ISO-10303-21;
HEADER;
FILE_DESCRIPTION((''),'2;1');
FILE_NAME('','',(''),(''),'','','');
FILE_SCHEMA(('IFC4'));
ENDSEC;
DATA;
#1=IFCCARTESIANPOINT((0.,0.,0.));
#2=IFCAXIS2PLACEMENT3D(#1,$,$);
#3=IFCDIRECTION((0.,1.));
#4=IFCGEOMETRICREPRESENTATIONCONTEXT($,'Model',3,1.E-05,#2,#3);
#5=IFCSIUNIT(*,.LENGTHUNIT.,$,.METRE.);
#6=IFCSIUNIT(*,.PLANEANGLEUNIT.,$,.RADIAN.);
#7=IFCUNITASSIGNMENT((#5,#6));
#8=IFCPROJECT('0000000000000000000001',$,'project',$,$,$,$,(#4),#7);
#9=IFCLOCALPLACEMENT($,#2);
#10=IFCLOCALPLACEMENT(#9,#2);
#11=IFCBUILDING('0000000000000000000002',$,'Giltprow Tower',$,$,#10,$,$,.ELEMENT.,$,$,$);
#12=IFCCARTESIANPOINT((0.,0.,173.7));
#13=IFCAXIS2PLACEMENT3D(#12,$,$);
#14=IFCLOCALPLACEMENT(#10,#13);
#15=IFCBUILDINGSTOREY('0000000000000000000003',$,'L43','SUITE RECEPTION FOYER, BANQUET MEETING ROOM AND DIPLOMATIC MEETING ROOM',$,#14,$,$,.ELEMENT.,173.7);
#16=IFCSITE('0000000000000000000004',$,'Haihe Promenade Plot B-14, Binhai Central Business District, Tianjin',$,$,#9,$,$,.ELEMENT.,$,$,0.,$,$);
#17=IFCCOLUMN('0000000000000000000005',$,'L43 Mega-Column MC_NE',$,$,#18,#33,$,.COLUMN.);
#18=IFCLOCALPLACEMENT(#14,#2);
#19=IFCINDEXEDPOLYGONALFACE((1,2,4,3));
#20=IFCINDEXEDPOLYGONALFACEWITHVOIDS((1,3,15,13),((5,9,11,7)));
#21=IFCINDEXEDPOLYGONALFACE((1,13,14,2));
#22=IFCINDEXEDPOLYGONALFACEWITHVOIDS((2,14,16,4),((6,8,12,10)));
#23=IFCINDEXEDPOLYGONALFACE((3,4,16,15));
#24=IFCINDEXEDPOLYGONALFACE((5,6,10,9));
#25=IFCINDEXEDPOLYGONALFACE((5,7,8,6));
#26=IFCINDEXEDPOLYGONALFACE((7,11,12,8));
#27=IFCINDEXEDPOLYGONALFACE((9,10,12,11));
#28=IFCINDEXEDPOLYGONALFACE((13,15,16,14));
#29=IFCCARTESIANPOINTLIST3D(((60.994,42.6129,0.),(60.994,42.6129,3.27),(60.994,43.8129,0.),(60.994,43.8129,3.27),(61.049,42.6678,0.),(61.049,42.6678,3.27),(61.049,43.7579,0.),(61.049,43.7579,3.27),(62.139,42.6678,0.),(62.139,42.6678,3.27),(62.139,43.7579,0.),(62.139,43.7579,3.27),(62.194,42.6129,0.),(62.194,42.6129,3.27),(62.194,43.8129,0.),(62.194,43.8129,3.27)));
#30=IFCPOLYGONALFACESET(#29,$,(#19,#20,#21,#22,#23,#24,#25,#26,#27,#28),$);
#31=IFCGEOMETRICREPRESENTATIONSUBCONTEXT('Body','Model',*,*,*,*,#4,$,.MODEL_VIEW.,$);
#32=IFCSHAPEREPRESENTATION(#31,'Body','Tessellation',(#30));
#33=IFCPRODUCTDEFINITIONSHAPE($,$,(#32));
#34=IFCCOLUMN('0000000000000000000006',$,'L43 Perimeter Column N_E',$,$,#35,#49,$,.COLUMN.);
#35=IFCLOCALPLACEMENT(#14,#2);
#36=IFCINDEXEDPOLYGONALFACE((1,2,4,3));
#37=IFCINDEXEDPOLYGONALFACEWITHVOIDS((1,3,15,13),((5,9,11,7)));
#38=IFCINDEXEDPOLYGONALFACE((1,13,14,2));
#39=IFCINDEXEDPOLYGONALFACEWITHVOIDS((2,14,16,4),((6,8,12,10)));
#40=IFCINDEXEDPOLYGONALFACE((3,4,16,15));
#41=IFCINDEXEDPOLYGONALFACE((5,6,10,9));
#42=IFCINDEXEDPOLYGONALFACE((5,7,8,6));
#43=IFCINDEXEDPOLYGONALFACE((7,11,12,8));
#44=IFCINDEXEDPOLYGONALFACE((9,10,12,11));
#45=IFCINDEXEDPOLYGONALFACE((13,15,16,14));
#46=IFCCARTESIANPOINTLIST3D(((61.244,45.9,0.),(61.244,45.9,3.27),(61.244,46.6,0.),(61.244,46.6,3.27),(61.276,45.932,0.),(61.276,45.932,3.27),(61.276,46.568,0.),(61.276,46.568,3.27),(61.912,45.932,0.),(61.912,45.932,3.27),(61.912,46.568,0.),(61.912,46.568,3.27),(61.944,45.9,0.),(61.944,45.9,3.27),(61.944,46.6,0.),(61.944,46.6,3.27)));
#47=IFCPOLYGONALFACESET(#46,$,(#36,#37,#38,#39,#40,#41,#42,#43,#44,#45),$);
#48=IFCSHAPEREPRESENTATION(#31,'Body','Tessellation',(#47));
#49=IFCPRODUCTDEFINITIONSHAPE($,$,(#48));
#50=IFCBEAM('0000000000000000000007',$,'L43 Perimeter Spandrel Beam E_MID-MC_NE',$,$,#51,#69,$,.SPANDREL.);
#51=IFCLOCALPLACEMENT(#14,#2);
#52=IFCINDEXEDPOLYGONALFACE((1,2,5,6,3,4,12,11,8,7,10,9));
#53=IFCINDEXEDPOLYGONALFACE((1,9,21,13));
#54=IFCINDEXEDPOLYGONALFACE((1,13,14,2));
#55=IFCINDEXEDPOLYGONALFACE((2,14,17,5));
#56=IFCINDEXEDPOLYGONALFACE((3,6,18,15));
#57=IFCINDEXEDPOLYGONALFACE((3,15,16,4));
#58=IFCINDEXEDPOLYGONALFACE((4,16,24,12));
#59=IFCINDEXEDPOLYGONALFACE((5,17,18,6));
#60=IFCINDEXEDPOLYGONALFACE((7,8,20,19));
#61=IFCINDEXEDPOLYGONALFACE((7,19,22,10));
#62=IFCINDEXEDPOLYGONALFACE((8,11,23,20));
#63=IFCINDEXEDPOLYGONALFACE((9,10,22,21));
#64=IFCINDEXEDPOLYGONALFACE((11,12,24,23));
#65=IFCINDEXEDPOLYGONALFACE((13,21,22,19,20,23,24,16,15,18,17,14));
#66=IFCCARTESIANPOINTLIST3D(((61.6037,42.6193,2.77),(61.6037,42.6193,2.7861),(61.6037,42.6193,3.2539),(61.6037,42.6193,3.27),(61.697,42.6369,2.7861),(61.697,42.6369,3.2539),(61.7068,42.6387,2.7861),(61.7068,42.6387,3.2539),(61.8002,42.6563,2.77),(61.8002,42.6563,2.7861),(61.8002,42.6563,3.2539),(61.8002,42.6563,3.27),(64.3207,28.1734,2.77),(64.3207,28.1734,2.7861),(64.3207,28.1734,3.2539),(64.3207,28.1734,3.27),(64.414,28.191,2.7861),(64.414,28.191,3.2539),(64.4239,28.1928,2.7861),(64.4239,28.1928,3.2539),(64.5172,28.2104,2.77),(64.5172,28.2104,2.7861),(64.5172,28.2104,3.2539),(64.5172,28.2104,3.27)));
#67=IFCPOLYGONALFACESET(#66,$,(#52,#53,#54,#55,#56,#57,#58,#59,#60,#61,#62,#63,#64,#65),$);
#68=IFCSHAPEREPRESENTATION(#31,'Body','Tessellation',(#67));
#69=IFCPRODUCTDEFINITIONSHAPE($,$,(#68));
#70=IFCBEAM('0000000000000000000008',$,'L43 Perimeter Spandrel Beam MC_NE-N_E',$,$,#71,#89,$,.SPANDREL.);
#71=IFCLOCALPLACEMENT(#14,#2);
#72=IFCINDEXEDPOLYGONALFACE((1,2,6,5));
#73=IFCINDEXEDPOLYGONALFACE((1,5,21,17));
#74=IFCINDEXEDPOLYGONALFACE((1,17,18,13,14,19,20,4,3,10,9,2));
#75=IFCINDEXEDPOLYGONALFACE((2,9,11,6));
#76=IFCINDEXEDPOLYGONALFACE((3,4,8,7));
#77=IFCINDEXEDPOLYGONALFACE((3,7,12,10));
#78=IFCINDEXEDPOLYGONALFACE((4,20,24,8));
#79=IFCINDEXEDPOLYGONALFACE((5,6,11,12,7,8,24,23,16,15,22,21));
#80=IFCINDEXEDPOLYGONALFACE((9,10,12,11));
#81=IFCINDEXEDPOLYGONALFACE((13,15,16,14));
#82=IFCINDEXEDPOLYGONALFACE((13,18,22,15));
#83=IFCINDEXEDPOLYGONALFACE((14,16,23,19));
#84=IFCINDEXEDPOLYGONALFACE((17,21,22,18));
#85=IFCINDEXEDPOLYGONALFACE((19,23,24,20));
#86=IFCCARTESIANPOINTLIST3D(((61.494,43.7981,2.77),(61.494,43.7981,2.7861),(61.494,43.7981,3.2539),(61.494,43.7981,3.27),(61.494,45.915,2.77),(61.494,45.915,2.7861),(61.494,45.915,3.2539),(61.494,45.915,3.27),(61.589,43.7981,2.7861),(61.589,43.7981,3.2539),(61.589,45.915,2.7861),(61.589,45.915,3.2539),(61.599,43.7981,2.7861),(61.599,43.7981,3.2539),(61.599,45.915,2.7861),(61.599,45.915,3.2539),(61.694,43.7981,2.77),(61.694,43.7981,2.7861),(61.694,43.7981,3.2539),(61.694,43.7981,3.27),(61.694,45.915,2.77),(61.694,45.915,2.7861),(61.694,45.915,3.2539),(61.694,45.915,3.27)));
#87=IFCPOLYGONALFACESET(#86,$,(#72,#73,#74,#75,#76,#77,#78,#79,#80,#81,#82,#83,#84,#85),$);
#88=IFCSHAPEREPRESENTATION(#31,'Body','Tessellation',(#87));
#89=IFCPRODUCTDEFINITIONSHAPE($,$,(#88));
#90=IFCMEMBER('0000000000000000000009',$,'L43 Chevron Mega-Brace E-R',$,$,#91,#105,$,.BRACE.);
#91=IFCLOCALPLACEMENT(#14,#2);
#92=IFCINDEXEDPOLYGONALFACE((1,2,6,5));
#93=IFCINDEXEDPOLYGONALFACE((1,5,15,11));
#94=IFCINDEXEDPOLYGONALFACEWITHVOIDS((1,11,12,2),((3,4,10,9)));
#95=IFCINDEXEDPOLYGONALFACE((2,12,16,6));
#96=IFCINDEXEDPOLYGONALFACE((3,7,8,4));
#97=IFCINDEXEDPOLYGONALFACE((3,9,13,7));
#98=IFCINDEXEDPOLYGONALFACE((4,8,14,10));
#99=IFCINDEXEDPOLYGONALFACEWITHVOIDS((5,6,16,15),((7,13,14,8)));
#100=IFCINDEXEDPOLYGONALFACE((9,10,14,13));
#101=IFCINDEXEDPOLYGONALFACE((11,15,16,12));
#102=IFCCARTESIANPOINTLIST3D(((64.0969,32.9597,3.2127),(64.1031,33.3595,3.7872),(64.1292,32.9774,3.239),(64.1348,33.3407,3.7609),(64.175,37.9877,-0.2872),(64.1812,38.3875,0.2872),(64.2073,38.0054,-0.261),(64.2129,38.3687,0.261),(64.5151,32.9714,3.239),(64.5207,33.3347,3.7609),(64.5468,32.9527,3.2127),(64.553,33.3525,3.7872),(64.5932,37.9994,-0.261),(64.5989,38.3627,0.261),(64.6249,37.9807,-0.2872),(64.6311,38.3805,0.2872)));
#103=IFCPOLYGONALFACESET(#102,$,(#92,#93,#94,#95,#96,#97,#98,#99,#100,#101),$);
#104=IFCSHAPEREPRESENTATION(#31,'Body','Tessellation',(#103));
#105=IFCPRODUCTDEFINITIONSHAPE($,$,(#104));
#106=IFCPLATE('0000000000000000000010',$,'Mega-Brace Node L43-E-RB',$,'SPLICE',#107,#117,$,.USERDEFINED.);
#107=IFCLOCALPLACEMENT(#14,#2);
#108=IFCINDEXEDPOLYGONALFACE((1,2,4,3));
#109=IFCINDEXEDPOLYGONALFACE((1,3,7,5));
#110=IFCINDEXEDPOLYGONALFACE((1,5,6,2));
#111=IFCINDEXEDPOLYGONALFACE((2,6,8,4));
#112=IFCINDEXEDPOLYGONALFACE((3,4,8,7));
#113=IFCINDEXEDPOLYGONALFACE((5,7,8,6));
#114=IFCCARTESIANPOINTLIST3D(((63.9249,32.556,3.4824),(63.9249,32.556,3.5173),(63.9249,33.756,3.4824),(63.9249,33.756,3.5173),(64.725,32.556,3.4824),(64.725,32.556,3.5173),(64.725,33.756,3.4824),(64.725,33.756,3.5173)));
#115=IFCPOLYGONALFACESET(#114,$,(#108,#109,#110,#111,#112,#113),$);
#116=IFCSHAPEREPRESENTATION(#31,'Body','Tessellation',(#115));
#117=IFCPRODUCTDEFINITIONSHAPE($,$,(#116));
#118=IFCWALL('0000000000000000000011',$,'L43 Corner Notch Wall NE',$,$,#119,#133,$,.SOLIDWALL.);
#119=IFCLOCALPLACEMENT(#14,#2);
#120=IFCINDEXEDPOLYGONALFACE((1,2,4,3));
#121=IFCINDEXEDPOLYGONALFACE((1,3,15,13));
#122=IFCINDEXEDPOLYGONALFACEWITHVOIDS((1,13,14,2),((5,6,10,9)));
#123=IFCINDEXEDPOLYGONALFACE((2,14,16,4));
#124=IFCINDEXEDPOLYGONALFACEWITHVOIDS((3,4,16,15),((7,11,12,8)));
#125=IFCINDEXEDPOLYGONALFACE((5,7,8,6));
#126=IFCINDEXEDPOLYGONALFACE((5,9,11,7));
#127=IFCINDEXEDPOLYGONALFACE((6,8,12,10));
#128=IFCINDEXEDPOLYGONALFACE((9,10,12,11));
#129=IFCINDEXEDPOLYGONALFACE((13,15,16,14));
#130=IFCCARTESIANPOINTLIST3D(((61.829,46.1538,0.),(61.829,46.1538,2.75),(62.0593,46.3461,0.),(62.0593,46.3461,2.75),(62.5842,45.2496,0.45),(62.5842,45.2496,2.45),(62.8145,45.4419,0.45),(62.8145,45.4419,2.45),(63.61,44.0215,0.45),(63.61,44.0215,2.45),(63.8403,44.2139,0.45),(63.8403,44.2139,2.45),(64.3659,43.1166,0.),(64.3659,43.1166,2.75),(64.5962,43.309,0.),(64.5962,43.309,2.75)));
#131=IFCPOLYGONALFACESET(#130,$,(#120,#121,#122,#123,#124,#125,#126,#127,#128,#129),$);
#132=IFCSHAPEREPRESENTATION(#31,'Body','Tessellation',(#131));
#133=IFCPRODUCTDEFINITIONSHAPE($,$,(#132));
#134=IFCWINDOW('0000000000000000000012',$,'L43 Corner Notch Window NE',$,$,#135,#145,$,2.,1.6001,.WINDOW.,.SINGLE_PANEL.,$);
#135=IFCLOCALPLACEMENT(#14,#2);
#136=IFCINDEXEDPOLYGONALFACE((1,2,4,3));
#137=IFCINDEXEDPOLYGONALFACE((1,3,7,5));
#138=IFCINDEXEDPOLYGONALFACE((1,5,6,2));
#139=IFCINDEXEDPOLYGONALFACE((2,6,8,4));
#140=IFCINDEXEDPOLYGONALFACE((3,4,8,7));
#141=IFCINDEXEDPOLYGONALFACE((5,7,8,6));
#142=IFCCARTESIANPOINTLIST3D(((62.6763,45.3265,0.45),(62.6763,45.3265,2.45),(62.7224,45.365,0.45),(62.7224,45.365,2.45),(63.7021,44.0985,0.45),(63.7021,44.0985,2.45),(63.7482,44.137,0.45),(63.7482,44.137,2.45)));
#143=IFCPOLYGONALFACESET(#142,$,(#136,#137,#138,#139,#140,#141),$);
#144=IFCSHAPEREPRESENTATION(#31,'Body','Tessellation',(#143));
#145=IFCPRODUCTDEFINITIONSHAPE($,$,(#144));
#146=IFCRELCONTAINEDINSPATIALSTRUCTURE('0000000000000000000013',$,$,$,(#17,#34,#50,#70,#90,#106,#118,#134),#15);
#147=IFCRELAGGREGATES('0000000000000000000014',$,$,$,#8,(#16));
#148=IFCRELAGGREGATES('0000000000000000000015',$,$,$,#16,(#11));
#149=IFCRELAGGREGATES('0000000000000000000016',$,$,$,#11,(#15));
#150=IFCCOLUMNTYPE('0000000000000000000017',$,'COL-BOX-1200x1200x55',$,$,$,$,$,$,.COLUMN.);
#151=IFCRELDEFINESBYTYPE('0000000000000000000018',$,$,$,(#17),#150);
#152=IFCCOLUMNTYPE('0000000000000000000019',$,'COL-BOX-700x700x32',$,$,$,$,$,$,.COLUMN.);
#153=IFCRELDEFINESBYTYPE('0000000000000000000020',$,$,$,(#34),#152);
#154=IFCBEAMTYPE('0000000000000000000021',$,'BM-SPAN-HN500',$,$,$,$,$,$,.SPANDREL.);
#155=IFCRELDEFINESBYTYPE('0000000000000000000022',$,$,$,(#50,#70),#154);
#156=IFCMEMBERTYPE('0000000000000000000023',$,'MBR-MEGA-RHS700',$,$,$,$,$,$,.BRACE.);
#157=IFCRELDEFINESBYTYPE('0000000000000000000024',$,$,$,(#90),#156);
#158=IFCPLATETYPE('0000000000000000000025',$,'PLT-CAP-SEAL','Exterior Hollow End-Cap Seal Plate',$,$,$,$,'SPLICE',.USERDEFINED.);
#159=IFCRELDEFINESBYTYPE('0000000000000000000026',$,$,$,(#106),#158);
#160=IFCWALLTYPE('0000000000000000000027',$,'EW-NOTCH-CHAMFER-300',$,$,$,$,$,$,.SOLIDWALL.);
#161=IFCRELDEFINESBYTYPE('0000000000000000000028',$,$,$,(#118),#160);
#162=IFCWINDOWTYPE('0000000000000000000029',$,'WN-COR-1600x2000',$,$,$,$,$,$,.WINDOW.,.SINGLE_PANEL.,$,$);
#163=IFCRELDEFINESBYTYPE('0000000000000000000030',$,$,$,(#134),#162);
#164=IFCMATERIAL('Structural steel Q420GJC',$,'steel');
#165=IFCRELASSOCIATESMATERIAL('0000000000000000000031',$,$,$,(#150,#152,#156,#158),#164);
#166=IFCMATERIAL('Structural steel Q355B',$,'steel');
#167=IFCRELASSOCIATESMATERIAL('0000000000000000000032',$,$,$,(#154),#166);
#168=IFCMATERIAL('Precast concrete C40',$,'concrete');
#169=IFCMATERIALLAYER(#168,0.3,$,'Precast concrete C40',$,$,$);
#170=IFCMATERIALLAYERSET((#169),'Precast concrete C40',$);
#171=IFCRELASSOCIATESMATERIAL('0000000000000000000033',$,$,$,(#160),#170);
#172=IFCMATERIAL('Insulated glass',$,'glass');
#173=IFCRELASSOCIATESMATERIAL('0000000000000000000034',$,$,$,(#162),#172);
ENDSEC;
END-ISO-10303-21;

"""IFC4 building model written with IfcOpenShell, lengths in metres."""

from ifc_helpers import new_model, si_unit, direction, frame, frame_2d, origin, origin_2d, place, context, subcontext, project, spatial, rectangle, hollow_rectangle, i_section, extrude, source, transform, mapped, material, layer, layer_set, material_profile, profile_set, type_object, element, fill, save


model = new_model("IFC4")

# Units and contexts
model_context = context("Model", 3, precision=1e-05, world=origin(), true_north=direction((0.0, 1.0)))
body_context = subcontext(model_context, "Body", "Model", "MODEL_VIEW")
ifc_project = project(units=[si_unit("LENGTHUNIT", "METRE"), si_unit("PLANEANGLEUNIT", "RADIAN")], contexts=[model_context])

# Site, building, storey
site_placement = place(None, origin())
site = spatial("IfcSite", under=ifc_project, at=site_placement, Name="Haihe Promenade Plot B-14, Binhai Central Business District, Tianjin", CompositionType="ELEMENT", RefElevation=0.0)
building_placement = place(site_placement, origin())
building = spatial("IfcBuilding", under=site, at=building_placement, Name="Giltprow Tower", CompositionType="ELEMENT")
storey_placement = place(building_placement, frame((0.0, 0.0, 173.7)))
storey = spatial("IfcBuildingStorey", under=building, at=storey_placement, Name="L43", Description="SUITE RECEPTION FOYER, BANQUET MEETING ROOM AND DIPLOMATIC MEETING ROOM", CompositionType="ELEMENT", Elevation=173.7)

# Columns
ifc_material_1 = material(Name="Structural steel Q420GJC", Category="steel")
ifc_material_profile_1 = material_profile(ifc_material_1, hollow_rectangle(XDim=1.2, YDim=1.2, WallThickness=0.0549, at=origin_2d()), Name="BOX 1200x1200x55")
ifc_profile_set_1 = profile_set([ifc_material_profile_1], Name="Structural steel Q420GJC")
column_type_1 = type_object("IfcColumnType", Name="COL-BOX-1200x1200x55", PredefinedType="COLUMN", material=ifc_profile_set_1)
shared_shape_1 = source(origin(), body_context, "Body", "SweptSolid", [
    extrude(hollow_rectangle(XDim=1.2, YDim=1.2, WallThickness=0.0549, at=origin_2d()), origin(), (0.0, 0.0, 1.0), 3.27),
])
column_1_placement = place(storey_placement, frame((61.594, 43.2129, 0.0), z_axis=(0.0, 0.0, 1.0), x_axis=(1.0, 0.0, 0.0)))
element("IfcColumn", 1, at=column_1_placement, inside=storey, type_object=column_type_1, Name="L43 Mega-Column MC_NE", PredefinedType="COLUMN", context=body_context, shape_type="MappedRepresentation", body=[
    mapped(shared_shape_1, transform((0.0, 0.0, 0.0), x_axis=(1.0, 0.0, 0.0), y_axis=(0.0, 1.0, 0.0), z_axis=(0.0, 0.0, 1.0), scale=1.0)),
])
ifc_material_profile_2 = material_profile(ifc_material_1, hollow_rectangle(XDim=0.7, YDim=0.7, WallThickness=0.032, at=origin_2d()), Name="BOX 700x700x32")
ifc_profile_set_2 = profile_set([ifc_material_profile_2], Name="Structural steel Q420GJC")
column_type_2 = type_object("IfcColumnType", Name="COL-BOX-700x700x32", PredefinedType="COLUMN", material=ifc_profile_set_2)
shared_shape_2 = source(origin(), body_context, "Body", "SweptSolid", [
    extrude(hollow_rectangle(XDim=0.7, YDim=0.7, WallThickness=0.032, at=origin_2d()), origin(), (0.0, 0.0, 1.0), 3.27),
])
column_2_placement = place(storey_placement, frame((61.594, 46.25, 0.0), z_axis=(0.0, 0.0, 1.0), x_axis=(1.0, 0.0, 0.0)))
element("IfcColumn", 2, at=column_2_placement, inside=storey, type_object=column_type_2, Name="L43 Perimeter Column N_E", PredefinedType="COLUMN", context=body_context, shape_type="MappedRepresentation", body=[
    mapped(shared_shape_2, transform((0.0, 0.0, 0.0), x_axis=(1.0, 0.0, 0.0), y_axis=(0.0, 1.0, 0.0), z_axis=(0.0, 0.0, 1.0), scale=1.0)),
])

# Beams
ifc_material_2 = material(Name="Structural steel Q355B", Category="steel")
ifc_material_profile_3 = material_profile(ifc_material_2, i_section(OverallWidth=0.2, OverallDepth=0.5, WebThickness=0.01, FlangeThickness=0.0161, at=origin_2d()), Name="HN 500x200x10x16")
ifc_profile_set_3 = profile_set([ifc_material_profile_3], Name="Structural steel Q355B")
beam_type = type_object("IfcBeamType", Name="BM-SPAN-HN500", PredefinedType="SPANDREL", material=ifc_profile_set_3)
shared_shape_3 = source(origin(), body_context, "Body", "SweptSolid", [
    extrude(i_section(OverallWidth=0.2, OverallDepth=0.5, WebThickness=0.01, FlangeThickness=0.0161, at=origin_2d()), origin(), (0.0, 0.0, 1.0), 14.6992),
])
beam_1_placement = place(storey_placement, frame((64.4189, 28.1919, 3.02), z_axis=(-0.184841, 0.982768, 0.0), x_axis=(-0.982768, -0.184841, 0.0)))
element("IfcBeam", 3, at=beam_1_placement, inside=storey, type_object=beam_type, Name="L43 Perimeter Spandrel Beam E_MID-MC_NE", PredefinedType="SPANDREL", context=body_context, shape_type="MappedRepresentation", body=[
    mapped(shared_shape_3, transform((0.0, 0.0, 0.0), x_axis=(1.0, 0.0, 0.0), y_axis=(0.0, 1.0, 0.0), z_axis=(0.0, 0.0, 1.0), scale=1.0)),
])
shared_shape_4 = source(origin(), body_context, "Body", "SweptSolid", [
    extrude(i_section(OverallWidth=0.2, OverallDepth=0.5, WebThickness=0.01, FlangeThickness=0.0161, at=origin_2d()), origin(), (0.0, 0.0, 1.0), 2.1169),
])
beam_2_placement = place(storey_placement, frame((61.594, 43.7981, 3.02), z_axis=(0.0, 1.0, 0.0), x_axis=(-1.0, 0.0, 0.0)))
element("IfcBeam", 4, at=beam_2_placement, inside=storey, type_object=beam_type, Name="L43 Perimeter Spandrel Beam MC_NE-N_E", PredefinedType="SPANDREL", context=body_context, shape_type="MappedRepresentation", body=[
    mapped(shared_shape_4, transform((0.0, 0.0, 0.0), x_axis=(1.0, 0.0, 0.0), y_axis=(0.0, 1.0, 0.0), z_axis=(0.0, 0.0, 1.0), scale=1.0)),
])

# Member
ifc_material_profile_4 = material_profile(ifc_material_1, hollow_rectangle(XDim=0.45, YDim=0.7, WallThickness=0.032, at=origin_2d()), Name="RHS 700x450x32")
ifc_profile_set_4 = profile_set([ifc_material_profile_4], Name="Structural steel Q420GJC")
member_type = type_object("IfcMemberType", Name="MBR-MEGA-RHS700", PredefinedType="BRACE", material=ifc_profile_set_4)
shared_shape_5 = source(origin(), body_context, "Body", "SweptSolid", [
    extrude(hollow_rectangle(XDim=0.45, YDim=0.7, WallThickness=0.032, at=origin_2d()), origin(), (0.0, 0.0, 1.0), 6.1267),
])
member_placement = place(storey_placement, frame((64.4031, 38.1841, 0.0), z_axis=(-0.012751, -0.820669, 0.571261), x_axis=(0.999879, -0.015536, 0.0)))
element("IfcMember", 5, at=member_placement, inside=storey, type_object=member_type, Name="L43 Chevron Mega-Brace E-R", PredefinedType="BRACE", context=body_context, shape_type="MappedRepresentation", body=[
    mapped(shared_shape_5, transform((0.0, 0.0, 0.0), x_axis=(1.0, 0.0, 0.0), y_axis=(0.0, 1.0, 0.0), z_axis=(0.0, 0.0, 1.0), scale=1.0)),
])

# Plate
plate_type = type_object("IfcPlateType", Name="PLT-CAP-SEAL", Description="Exterior Hollow End-Cap Seal Plate", ElementType="SPLICE", PredefinedType="USERDEFINED", material=ifc_material_1)
shared_shape_6 = source(origin(), body_context, "Body", "SweptSolid", [
    extrude(rectangle(XDim=1.2, YDim=0.8, at=origin_2d()), origin(), (0.0, 0.0, 1.0), 0.0349),
])
plate_placement = place(storey_placement, frame((64.325, 33.156, 3.4824), z_axis=(0.0, 0.0, 1.0), x_axis=(0.0, 1.0, 0.0)))
element("IfcPlate", 6, at=plate_placement, inside=storey, type_object=plate_type, Name="Mega-Brace Node L43-E-RB", ObjectType="SPLICE", PredefinedType="USERDEFINED", context=body_context, shape_type="MappedRepresentation", body=[
    mapped(shared_shape_6, transform((0.0, 0.0, 0.0), x_axis=(1.0, 0.0, 0.0), y_axis=(0.0, 1.0, 0.0), z_axis=(0.0, 0.0, 1.0), scale=1.0)),
])

# Wall, opening, window
ifc_material_3 = material(Name="Precast concrete C40", Category="concrete")
ifc_layer_1 = layer(ifc_material_3, 0.3, Name="Precast concrete C40")
ifc_layer_set_1 = layer_set([ifc_layer_1], Name="Precast concrete C40")
wall_type_1 = type_object("IfcWallType", Name="EW-NOTCH-CHAMFER-300", PredefinedType="SOLIDWALL", material=ifc_layer_set_1)
wall_1_placement = place(storey_placement, frame((64.481, 43.2129, 0.0), z_axis=(0.0, 0.0, 1.0), x_axis=(-0.64107, 0.767482, 0.0)))
wall_1 = element("IfcWall", 7, at=wall_1_placement, inside=storey, type_object=wall_type_1, Name="L43 Corner Notch Wall NE", PredefinedType="SOLIDWALL", context=body_context, shape_type="SweptSolid", body=[
    extrude(rectangle(XDim=3.9573, YDim=0.3, at=frame_2d((1.9785, 0.0))), origin(), (0.0, 0.0, 1.0), 2.75),
])
opening_1_placement = place(wall_1_placement, frame((1.179, 0.0, 0.45)))
opening_1 = element("IfcOpeningElement", 8, at=opening_1_placement, cuts=wall_1, PredefinedType="OPENING", context=body_context, shape_type="SweptSolid", body=[
    extrude(rectangle(XDim=1.6001, YDim=2.0, at=frame_2d((0.8, 1.0))), frame((0.0, 0.1599, 0.0), z_axis=(0.0, -1.0, 0.0), x_axis=(1.0, 0.0, 0.0)), (0.0, 0.0, 1.0), 0.3201),
])
ifc_material_4 = material(Name="Insulated glass", Category="glass")
window_type_1 = type_object("IfcWindowType", Name="WN-COR-1600x2000", PartitioningType="SINGLE_PANEL", PredefinedType="WINDOW", material=ifc_material_4)
shared_shape_7 = source(origin(), body_context, "Body", "SweptSolid", [
    extrude(rectangle(XDim=1.6001, YDim=2.0, at=frame_2d((0.8, 1.0))), frame((0.0, 0.03, 0.0), z_axis=(0.0, -1.0, 0.0), x_axis=(1.0, 0.0, 0.0)), (0.0, 0.0, 1.0), 0.0601),
])
window_1_placement = place(opening_1_placement, origin())
window_1 = element("IfcWindow", 9, at=window_1_placement, inside=storey, type_object=window_type_1, Name="L43 Corner Notch Window NE", OverallHeight=2.0, OverallWidth=1.6001, PartitioningType="SINGLE_PANEL", PredefinedType="WINDOW", context=body_context, shape_type="MappedRepresentation", body=[
    mapped(shared_shape_7, transform((0.0, 0.0, 0.0), x_axis=(1.0, 0.0, 0.0), y_axis=(0.0, 1.0, 0.0), z_axis=(0.0, 0.0, 1.0), scale=1.0)),
])
fill(opening_1, window_1)

save(model, "model.ifc")
